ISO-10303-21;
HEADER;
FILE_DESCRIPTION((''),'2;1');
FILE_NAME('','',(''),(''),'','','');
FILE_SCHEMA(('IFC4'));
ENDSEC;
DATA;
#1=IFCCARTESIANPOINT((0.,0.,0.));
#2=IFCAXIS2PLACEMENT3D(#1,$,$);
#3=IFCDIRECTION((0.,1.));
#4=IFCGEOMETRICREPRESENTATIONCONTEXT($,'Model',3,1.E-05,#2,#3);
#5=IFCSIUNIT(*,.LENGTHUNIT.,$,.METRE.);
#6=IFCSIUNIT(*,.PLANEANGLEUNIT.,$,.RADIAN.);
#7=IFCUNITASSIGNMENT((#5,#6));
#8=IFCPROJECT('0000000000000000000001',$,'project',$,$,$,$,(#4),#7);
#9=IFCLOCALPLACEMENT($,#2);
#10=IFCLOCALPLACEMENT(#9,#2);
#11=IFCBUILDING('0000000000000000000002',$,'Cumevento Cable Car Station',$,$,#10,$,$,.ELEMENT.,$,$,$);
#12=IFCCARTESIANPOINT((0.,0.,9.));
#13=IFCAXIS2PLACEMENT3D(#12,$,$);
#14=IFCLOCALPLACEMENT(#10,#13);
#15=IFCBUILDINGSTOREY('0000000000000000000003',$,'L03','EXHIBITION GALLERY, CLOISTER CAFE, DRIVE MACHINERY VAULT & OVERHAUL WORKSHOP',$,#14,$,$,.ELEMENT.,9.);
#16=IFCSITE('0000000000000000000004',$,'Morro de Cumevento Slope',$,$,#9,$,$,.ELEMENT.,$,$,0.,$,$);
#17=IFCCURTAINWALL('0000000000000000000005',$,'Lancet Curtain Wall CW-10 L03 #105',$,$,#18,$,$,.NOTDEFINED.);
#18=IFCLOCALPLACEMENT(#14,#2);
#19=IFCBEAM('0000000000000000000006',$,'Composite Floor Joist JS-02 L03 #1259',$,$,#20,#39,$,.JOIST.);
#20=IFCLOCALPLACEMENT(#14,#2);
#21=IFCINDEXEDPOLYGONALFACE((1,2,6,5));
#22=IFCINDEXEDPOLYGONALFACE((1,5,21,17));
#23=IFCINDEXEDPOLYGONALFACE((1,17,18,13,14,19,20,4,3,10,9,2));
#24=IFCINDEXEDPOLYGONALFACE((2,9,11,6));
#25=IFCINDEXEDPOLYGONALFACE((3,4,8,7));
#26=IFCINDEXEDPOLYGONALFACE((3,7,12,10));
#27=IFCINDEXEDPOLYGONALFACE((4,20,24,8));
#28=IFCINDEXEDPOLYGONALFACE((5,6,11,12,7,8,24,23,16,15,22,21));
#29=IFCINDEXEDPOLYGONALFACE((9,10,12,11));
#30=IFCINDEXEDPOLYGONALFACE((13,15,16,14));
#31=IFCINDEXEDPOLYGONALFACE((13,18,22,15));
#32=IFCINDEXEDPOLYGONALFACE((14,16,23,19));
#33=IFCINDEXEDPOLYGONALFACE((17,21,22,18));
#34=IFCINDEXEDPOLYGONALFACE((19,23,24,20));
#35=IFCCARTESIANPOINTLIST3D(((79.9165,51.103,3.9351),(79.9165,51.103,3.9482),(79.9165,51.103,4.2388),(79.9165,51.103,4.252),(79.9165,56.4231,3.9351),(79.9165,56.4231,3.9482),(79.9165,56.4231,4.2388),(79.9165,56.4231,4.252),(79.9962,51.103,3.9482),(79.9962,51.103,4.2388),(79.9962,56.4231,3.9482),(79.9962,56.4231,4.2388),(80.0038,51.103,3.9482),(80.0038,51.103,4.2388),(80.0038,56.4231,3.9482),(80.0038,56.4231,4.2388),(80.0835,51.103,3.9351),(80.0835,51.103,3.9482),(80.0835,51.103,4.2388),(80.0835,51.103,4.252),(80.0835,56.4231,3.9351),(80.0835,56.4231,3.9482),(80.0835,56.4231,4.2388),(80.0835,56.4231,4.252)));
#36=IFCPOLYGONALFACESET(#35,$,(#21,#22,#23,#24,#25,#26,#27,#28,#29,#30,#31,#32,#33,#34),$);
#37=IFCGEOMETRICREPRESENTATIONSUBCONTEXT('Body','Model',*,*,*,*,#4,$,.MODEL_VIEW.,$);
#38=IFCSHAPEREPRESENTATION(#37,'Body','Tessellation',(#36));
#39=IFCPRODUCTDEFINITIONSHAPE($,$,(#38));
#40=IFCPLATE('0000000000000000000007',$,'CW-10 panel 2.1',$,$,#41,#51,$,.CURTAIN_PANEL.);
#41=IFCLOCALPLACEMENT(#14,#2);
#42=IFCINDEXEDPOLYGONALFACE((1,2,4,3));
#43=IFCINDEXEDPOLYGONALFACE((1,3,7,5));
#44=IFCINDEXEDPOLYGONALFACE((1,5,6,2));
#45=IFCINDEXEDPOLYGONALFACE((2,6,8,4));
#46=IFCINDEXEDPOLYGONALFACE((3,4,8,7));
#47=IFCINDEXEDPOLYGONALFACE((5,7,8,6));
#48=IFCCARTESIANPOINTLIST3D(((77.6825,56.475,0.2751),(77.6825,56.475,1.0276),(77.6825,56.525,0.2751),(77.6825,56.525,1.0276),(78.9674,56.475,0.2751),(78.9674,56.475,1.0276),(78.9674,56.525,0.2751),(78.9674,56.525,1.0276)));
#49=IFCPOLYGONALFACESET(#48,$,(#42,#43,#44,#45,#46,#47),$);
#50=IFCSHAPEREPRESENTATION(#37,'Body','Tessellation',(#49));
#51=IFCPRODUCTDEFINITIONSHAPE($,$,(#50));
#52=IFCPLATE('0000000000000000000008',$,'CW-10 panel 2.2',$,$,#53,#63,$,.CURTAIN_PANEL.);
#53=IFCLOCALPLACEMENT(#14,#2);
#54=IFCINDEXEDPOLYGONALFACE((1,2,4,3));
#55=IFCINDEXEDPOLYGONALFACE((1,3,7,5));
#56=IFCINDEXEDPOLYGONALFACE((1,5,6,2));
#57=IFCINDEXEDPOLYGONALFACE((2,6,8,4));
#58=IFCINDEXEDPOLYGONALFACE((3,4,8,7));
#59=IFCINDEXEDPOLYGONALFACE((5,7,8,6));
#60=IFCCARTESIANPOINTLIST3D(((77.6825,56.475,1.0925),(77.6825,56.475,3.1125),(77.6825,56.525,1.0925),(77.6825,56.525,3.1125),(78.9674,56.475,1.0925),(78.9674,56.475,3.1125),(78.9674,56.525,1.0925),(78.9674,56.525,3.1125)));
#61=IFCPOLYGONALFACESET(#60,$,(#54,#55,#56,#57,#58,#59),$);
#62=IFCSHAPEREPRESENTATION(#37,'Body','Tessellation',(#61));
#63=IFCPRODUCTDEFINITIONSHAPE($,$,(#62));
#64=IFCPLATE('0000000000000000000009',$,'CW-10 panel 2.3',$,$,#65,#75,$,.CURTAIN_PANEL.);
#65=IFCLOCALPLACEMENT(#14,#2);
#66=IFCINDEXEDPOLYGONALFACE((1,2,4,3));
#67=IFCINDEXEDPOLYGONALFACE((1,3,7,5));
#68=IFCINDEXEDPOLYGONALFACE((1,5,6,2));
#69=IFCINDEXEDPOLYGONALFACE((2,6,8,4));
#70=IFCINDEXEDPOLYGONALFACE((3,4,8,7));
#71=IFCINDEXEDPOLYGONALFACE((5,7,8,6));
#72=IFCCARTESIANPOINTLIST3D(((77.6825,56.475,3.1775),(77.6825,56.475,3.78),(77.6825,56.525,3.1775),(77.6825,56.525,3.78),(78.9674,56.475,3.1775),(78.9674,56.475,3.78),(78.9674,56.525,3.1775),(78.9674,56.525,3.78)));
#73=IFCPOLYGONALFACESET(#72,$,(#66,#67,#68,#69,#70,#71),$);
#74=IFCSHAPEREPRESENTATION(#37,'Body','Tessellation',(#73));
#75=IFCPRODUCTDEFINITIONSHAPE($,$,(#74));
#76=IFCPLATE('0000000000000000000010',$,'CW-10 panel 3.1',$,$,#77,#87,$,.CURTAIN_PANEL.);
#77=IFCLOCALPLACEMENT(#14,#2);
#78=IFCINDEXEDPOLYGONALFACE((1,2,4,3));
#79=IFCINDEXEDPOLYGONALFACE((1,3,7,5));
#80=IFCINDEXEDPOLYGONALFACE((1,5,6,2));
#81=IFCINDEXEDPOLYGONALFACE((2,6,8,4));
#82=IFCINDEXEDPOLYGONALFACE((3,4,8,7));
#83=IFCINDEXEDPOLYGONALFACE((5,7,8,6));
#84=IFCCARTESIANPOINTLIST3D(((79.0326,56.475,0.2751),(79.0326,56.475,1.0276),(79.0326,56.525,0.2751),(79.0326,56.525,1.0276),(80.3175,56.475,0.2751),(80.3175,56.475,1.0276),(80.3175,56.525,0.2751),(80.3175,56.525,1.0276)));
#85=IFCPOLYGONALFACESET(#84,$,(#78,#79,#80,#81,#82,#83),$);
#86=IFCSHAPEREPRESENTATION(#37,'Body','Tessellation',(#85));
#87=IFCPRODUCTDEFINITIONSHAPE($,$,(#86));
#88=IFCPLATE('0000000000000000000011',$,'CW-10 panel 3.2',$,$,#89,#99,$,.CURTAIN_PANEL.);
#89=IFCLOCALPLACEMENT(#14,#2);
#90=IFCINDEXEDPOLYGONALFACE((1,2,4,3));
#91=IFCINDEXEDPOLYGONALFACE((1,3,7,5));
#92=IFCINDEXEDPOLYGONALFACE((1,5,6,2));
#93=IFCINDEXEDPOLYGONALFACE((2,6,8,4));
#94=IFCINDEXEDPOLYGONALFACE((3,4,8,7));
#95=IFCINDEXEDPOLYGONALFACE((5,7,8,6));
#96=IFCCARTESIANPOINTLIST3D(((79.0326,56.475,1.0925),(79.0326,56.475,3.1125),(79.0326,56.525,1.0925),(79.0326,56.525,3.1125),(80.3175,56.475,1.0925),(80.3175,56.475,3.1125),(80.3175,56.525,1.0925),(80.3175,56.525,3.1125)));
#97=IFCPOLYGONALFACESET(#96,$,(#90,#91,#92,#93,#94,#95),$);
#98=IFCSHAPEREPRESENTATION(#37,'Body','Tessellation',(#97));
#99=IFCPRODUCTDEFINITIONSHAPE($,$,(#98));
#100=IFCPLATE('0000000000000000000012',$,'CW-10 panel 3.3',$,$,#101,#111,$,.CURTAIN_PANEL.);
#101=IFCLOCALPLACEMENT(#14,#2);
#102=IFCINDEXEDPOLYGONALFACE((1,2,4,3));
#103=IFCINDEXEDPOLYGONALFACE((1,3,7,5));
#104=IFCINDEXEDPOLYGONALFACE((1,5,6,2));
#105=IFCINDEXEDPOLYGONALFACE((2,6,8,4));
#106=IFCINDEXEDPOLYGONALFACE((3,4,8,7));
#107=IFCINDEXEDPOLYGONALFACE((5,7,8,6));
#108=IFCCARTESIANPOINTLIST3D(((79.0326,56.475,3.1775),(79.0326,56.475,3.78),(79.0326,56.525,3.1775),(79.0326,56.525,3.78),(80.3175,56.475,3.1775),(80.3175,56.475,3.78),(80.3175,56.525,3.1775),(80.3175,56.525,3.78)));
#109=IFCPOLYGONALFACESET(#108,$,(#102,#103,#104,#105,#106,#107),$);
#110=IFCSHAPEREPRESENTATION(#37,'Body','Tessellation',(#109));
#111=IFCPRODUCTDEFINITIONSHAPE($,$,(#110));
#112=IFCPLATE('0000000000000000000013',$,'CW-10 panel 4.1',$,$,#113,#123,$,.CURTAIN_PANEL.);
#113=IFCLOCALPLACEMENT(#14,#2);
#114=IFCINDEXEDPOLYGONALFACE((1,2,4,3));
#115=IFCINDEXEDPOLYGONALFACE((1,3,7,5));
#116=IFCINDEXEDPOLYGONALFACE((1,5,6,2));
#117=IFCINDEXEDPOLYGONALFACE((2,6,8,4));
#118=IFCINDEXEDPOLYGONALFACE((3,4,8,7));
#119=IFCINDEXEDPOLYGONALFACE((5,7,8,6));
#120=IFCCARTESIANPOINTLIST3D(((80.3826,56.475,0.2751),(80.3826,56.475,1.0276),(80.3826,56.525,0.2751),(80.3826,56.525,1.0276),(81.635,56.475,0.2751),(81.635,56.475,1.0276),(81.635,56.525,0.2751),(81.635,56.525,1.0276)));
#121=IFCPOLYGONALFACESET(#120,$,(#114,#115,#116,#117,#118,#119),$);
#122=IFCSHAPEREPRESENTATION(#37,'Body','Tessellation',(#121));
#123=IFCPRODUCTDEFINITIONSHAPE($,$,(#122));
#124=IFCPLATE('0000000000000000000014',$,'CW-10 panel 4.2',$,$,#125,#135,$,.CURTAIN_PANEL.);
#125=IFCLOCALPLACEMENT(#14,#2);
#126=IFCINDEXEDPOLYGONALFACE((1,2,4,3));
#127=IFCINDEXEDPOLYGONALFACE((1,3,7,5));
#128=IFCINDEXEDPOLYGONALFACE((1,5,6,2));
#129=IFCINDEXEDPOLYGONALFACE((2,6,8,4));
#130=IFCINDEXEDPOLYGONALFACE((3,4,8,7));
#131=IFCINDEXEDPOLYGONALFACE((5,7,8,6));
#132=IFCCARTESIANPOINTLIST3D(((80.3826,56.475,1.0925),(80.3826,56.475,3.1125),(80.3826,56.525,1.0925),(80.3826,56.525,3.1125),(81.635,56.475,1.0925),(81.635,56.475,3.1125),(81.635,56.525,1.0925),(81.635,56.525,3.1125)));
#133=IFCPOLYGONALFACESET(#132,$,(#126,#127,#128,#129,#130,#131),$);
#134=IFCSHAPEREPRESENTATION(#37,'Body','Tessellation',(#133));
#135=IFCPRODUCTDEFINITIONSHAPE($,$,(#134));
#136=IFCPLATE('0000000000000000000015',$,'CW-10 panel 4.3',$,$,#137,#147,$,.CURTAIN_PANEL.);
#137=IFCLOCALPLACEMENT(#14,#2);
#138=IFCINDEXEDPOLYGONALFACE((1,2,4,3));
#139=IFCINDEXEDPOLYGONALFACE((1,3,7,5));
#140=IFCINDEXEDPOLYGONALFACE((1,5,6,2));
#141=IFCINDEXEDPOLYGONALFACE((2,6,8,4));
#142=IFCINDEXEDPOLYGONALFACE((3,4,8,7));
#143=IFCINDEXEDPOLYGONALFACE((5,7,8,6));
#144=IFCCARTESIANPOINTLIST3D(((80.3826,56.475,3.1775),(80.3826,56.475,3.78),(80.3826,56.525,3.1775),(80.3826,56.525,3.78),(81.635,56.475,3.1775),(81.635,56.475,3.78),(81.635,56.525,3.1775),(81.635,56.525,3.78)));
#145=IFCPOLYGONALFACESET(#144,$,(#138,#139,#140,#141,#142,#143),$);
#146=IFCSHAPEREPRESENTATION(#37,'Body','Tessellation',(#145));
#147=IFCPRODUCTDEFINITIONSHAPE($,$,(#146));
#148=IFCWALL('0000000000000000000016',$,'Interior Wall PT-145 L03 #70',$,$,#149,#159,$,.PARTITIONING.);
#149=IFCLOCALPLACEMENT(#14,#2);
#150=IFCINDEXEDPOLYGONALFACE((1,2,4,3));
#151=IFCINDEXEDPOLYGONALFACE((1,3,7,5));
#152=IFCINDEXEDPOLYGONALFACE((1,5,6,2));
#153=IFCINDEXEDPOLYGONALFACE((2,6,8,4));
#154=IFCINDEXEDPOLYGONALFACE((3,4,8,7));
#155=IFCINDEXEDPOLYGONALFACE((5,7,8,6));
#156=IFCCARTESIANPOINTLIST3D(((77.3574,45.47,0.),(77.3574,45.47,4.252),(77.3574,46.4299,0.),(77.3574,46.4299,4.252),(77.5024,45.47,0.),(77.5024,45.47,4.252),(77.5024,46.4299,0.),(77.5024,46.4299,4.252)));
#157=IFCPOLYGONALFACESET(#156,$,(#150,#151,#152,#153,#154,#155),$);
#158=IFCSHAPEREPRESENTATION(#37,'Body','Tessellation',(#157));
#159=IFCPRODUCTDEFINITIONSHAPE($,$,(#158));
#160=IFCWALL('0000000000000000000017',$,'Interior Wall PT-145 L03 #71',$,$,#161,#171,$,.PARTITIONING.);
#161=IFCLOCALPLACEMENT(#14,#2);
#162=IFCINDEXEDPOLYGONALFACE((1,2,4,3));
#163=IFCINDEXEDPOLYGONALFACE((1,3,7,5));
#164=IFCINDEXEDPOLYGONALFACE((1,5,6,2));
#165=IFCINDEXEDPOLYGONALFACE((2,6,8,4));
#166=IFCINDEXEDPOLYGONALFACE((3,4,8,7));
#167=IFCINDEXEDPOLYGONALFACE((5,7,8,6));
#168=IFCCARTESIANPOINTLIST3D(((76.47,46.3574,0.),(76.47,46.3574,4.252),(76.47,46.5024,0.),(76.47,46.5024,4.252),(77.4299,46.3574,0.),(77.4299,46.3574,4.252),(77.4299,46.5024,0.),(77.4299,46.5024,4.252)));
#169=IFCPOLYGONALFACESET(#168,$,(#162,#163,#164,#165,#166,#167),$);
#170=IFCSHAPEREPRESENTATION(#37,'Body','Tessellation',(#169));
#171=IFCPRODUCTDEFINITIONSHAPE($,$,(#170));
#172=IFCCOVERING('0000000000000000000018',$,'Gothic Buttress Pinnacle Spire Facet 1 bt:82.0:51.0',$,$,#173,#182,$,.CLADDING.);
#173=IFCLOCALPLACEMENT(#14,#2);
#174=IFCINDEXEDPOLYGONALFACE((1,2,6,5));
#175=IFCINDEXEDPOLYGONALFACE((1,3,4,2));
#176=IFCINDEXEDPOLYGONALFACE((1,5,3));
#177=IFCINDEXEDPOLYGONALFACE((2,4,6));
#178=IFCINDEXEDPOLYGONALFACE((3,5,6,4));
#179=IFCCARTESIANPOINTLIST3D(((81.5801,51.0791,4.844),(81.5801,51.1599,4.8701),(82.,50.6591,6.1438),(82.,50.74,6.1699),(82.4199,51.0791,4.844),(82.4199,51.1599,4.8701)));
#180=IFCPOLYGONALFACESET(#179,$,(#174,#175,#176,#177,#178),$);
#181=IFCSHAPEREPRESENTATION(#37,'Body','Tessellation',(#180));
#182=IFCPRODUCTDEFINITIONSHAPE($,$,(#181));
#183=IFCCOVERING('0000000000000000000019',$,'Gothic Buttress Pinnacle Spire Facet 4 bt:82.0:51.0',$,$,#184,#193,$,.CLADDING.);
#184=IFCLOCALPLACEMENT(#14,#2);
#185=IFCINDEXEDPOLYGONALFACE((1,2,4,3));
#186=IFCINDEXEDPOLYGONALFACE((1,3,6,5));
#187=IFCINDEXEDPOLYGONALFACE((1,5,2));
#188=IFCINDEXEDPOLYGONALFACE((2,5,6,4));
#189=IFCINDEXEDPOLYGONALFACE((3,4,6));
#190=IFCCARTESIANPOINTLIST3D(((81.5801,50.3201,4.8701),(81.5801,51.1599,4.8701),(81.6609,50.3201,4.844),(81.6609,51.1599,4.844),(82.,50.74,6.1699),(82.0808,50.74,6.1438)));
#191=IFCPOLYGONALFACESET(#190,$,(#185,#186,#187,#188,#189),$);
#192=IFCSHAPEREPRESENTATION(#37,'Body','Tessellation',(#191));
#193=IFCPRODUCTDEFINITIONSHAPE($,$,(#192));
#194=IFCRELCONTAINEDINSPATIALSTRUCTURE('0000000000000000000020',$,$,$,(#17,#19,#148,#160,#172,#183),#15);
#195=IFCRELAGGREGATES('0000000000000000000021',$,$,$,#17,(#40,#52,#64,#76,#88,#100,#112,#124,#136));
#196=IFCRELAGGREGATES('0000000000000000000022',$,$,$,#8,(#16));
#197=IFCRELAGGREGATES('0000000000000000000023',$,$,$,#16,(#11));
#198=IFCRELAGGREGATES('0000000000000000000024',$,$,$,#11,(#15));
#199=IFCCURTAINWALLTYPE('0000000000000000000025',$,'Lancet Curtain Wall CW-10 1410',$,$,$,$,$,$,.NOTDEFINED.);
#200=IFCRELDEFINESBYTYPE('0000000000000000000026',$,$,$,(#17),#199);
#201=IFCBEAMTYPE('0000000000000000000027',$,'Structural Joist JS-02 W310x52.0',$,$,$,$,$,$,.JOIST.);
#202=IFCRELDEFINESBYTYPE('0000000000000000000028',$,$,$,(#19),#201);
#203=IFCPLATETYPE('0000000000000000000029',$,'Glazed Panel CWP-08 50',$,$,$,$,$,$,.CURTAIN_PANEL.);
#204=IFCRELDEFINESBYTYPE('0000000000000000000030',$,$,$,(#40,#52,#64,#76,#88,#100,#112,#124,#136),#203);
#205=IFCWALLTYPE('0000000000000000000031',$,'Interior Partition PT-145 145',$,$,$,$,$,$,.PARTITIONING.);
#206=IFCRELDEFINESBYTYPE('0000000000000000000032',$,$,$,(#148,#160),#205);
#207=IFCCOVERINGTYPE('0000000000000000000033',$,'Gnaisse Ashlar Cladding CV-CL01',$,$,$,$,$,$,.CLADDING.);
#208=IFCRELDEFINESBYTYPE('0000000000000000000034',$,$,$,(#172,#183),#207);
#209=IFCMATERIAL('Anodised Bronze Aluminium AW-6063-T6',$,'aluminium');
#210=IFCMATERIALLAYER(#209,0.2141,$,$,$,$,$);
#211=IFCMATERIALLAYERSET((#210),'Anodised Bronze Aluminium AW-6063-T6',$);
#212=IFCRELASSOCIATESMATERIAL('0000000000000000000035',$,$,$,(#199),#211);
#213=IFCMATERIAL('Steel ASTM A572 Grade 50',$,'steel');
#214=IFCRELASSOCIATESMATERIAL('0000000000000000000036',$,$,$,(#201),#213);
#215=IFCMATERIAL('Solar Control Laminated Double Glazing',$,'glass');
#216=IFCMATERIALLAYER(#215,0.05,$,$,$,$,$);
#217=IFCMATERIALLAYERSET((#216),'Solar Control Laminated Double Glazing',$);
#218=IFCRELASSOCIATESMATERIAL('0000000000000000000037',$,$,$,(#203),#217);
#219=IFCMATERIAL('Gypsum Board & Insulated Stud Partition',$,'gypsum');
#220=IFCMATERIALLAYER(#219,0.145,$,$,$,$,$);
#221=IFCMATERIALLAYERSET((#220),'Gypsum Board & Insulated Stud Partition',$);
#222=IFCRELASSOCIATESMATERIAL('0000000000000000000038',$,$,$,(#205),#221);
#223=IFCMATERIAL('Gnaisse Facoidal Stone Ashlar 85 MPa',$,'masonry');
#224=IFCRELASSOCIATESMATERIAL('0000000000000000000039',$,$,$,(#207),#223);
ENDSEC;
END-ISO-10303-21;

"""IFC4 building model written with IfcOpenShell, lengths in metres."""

from ifc_helpers import new_model, si_unit, direction, frame, frame_2d, origin, origin_2d, place, context, subcontext, project, spatial, polyline, rectangle, i_section, outline, extrude, material, layer, layer_set, material_profile, profile_set, type_object, element, aggregate, save


model = new_model("IFC4")

# Units and contexts
model_context = context("Model", 3, precision=1e-05, world=origin(), true_north=direction((0.0, 1.0)))
body_context = subcontext(model_context, "Body", "Model", "MODEL_VIEW")
ifc_project = project(units=[si_unit("LENGTHUNIT", "METRE"), si_unit("PLANEANGLEUNIT", "RADIAN")], contexts=[model_context])

# Site, building, storey
site_placement = place(None, origin())
site = spatial("IfcSite", under=ifc_project, at=site_placement, Name="Morro de Cumevento Slope", CompositionType="ELEMENT", RefElevation=0.0)
building_placement = place(site_placement, origin())
building = spatial("IfcBuilding", under=site, at=building_placement, Name="Cumevento Cable Car Station", CompositionType="ELEMENT")
storey_placement = place(building_placement, frame((0.0, 0.0, 9.0)))
storey = spatial("IfcBuildingStorey", under=building, at=storey_placement, Name="L03", Description="EXHIBITION GALLERY, CLOISTER CAFE, DRIVE MACHINERY VAULT & OVERHAUL WORKSHOP", CompositionType="ELEMENT", Elevation=9.0)

# Curtain wall
ifc_material_1 = material(Name="Anodised Bronze Aluminium AW-6063-T6", Category="aluminium")
ifc_layer_1 = layer(ifc_material_1, 0.2141)
ifc_layer_set_1 = layer_set([ifc_layer_1], Name="Anodised Bronze Aluminium AW-6063-T6")
curtain_wall_type = type_object("IfcCurtainWallType", Name="Lancet Curtain Wall CW-10 1410", PredefinedType="NOTDEFINED", material=ifc_layer_set_1)
curtain_wall_placement = place(storey_placement, origin())
curtain_wall = element("IfcCurtainWall", 1, at=curtain_wall_placement, inside=storey, type_object=curtain_wall_type, Name="Lancet Curtain Wall CW-10 L03 #105", PredefinedType="NOTDEFINED")

# Beam
ifc_material_2 = material(Name="Steel ASTM A572 Grade 50", Category="steel")
ifc_material_profile_1 = material_profile(ifc_material_2, i_section(OverallWidth=0.167, OverallDepth=0.3169, WebThickness=0.0076, FlangeThickness=0.0132, at=origin_2d()), Name="W310x52.0")
ifc_profile_set_1 = profile_set([ifc_material_profile_1], Name="Steel ASTM A572 Grade 50")
beam_type_1 = type_object("IfcBeamType", Name="Structural Joist JS-02 W310x52.0", PredefinedType="JOIST", material=ifc_profile_set_1)
for number, where, z_axis, x_axis, name in (
    (2, (80.0, 51.103, 4.0935), (0.0, 1.0, 0.0), (-1.0, 0.0, 0.0), "Composite Floor Joist JS-02 L03 #1259"),
):
    element("IfcBeam", number, at=place(storey_placement, frame(where, z_axis=z_axis, x_axis=x_axis)), inside=storey, type_object=beam_type_1, Name=name, PredefinedType="JOIST", context=body_context, shape_type="SweptSolid", body=[
        extrude(i_section(OverallWidth=0.167, OverallDepth=0.3169, WebThickness=0.0076, FlangeThickness=0.0132, at=origin_2d()), origin(), (0.0, 0.0, 1.0), 5.3201),
    ])

# Plates
ifc_material_3 = material(Name="Solar Control Laminated Double Glazing", Category="glass")
ifc_layer_2 = layer(ifc_material_3, 0.05)
ifc_layer_set_2 = layer_set([ifc_layer_2], Name="Solar Control Laminated Double Glazing")
plate_type = type_object("IfcPlateType", Name="Glazed Panel CWP-08 50", PredefinedType="CURTAIN_PANEL", material=ifc_layer_set_2)
plate_1_placement = place(storey_placement, frame((78.325, 56.5, 0.2751), z_axis=(0.0, 0.0, 1.0), x_axis=(1.0, 0.0, 0.0)))
plate_1 = element("IfcPlate", 3, at=plate_1_placement, type_object=plate_type, Name="CW-10 panel 2.1", PredefinedType="CURTAIN_PANEL", context=body_context, shape_type="SweptSolid", body=[
    extrude(rectangle(XDim=1.2849, YDim=0.05, at=origin_2d()), origin(), (0.0, 0.0, 1.0), 0.7524),
])
plate_2_placement = place(storey_placement, frame((78.325, 56.5, 1.0925), z_axis=(0.0, 0.0, 1.0), x_axis=(1.0, 0.0, 0.0)))
plate_2 = element("IfcPlate", 4, at=plate_2_placement, type_object=plate_type, Name="CW-10 panel 2.2", PredefinedType="CURTAIN_PANEL", context=body_context, shape_type="SweptSolid", body=[
    extrude(rectangle(XDim=1.2849, YDim=0.05, at=origin_2d()), origin(), (0.0, 0.0, 1.0), 2.02),
])
plate_3_placement = place(storey_placement, frame((78.325, 56.5, 3.1775), z_axis=(0.0, 0.0, 1.0), x_axis=(1.0, 0.0, 0.0)))
plate_3 = element("IfcPlate", 5, at=plate_3_placement, type_object=plate_type, Name="CW-10 panel 2.3", PredefinedType="CURTAIN_PANEL", context=body_context, shape_type="SweptSolid", body=[
    extrude(rectangle(XDim=1.2849, YDim=0.05, at=origin_2d()), origin(), (0.0, 0.0, 1.0), 0.6025),
])
plate_4_placement = place(storey_placement, frame((79.675, 56.5, 0.2751), z_axis=(0.0, 0.0, 1.0), x_axis=(1.0, 0.0, 0.0)))
plate_4 = element("IfcPlate", 6, at=plate_4_placement, type_object=plate_type, Name="CW-10 panel 3.1", PredefinedType="CURTAIN_PANEL", context=body_context, shape_type="SweptSolid", body=[
    extrude(rectangle(XDim=1.2849, YDim=0.05, at=origin_2d()), origin(), (0.0, 0.0, 1.0), 0.7524),
])
plate_5_placement = place(storey_placement, frame((79.675, 56.5, 1.0925), z_axis=(0.0, 0.0, 1.0), x_axis=(1.0, 0.0, 0.0)))
plate_5 = element("IfcPlate", 7, at=plate_5_placement, type_object=plate_type, Name="CW-10 panel 3.2", PredefinedType="CURTAIN_PANEL", context=body_context, shape_type="SweptSolid", body=[
    extrude(rectangle(XDim=1.2849, YDim=0.05, at=origin_2d()), origin(), (0.0, 0.0, 1.0), 2.02),
])
plate_6_placement = place(storey_placement, frame((79.675, 56.5, 3.1775), z_axis=(0.0, 0.0, 1.0), x_axis=(1.0, 0.0, 0.0)))
plate_6 = element("IfcPlate", 8, at=plate_6_placement, type_object=plate_type, Name="CW-10 panel 3.3", PredefinedType="CURTAIN_PANEL", context=body_context, shape_type="SweptSolid", body=[
    extrude(rectangle(XDim=1.2849, YDim=0.05, at=origin_2d()), origin(), (0.0, 0.0, 1.0), 0.6025),
])
plate_7_placement = place(storey_placement, frame((81.0088, 56.5, 0.2751), z_axis=(0.0, 0.0, 1.0), x_axis=(1.0, 0.0, 0.0)))
plate_7 = element("IfcPlate", 9, at=plate_7_placement, type_object=plate_type, Name="CW-10 panel 4.1", PredefinedType="CURTAIN_PANEL", context=body_context, shape_type="SweptSolid", body=[
    extrude(rectangle(XDim=1.2524, YDim=0.05, at=origin_2d()), origin(), (0.0, 0.0, 1.0), 0.7524),
])
plate_8_placement = place(storey_placement, frame((81.0088, 56.5, 1.0925), z_axis=(0.0, 0.0, 1.0), x_axis=(1.0, 0.0, 0.0)))
plate_8 = element("IfcPlate", 10, at=plate_8_placement, type_object=plate_type, Name="CW-10 panel 4.2", PredefinedType="CURTAIN_PANEL", context=body_context, shape_type="SweptSolid", body=[
    extrude(rectangle(XDim=1.2524, YDim=0.05, at=origin_2d()), origin(), (0.0, 0.0, 1.0), 2.02),
])
plate_9_placement = place(storey_placement, frame((81.0088, 56.5, 3.1775), z_axis=(0.0, 0.0, 1.0), x_axis=(1.0, 0.0, 0.0)))
plate_9 = element("IfcPlate", 11, at=plate_9_placement, type_object=plate_type, Name="CW-10 panel 4.3", PredefinedType="CURTAIN_PANEL", context=body_context, shape_type="SweptSolid", body=[
    extrude(rectangle(XDim=1.2524, YDim=0.05, at=origin_2d()), origin(), (0.0, 0.0, 1.0), 0.6025),
])
aggregate(curtain_wall, [plate_1, plate_2, plate_3, plate_4, plate_5, plate_6, plate_7, plate_8, plate_9])

# Walls
ifc_material_4 = material(Name="Gypsum Board & Insulated Stud Partition", Category="gypsum")
ifc_layer_3 = layer(ifc_material_4, 0.145)
ifc_layer_set_3 = layer_set([ifc_layer_3], Name="Gypsum Board & Insulated Stud Partition")
wall_type = type_object("IfcWallType", Name="Interior Partition PT-145 145", PredefinedType="PARTITIONING", material=ifc_layer_set_3)
for number, where, z_axis, x_axis, name in (
    (12, (77.4299, 45.47, 0.0), (0.0, 0.0, 1.0), (0.0, 1.0, 0.0), "Interior Wall PT-145 L03 #70"),
    (13, (77.4299, 46.4299, 0.0), (0.0, 0.0, 1.0), (-1.0, 0.0, 0.0), "Interior Wall PT-145 L03 #71"),
):
    element("IfcWall", number, at=place(storey_placement, frame(where, z_axis=z_axis, x_axis=x_axis)), inside=storey, type_object=wall_type, Name=name, PredefinedType="PARTITIONING", context=body_context, shape_type="SweptSolid", body=[
        extrude(rectangle(XDim=0.96, YDim=0.145, at=frame_2d((0.48, 0.0))), origin(), (0.0, 0.0, 1.0), 4.252),
    ])

# Coverings
ifc_material_5 = material(Name="Gnaisse Facoidal Stone Ashlar 85 MPa", Category="masonry")
covering_type = type_object("IfcCoveringType", Name="Gnaisse Ashlar Cladding CV-CL01", PredefinedType="CLADDING", material=ifc_material_5)
for number, where, z_axis, x_axis, name in (
    (14, (81.5801, 51.1599, 4.8701), (0.0, 0.951574, 0.307421), (1.0, 0.0, 0.0), "Gothic Buttress Pinnacle Spire Facet 1 bt:82.0:51.0"),
    (15, (81.5801, 50.3201, 4.8701), (-0.951574, 0.0, 0.307421), (0.0, 1.0, 0.0), "Gothic Buttress Pinnacle Spire Facet 4 bt:82.0:51.0"),
):
    element("IfcCovering", number, at=place(storey_placement, frame(where, z_axis=z_axis, x_axis=x_axis)), inside=storey, type_object=covering_type, Name=name, PredefinedType="CLADDING", context=body_context, shape_type="SweptSolid", body=[
        extrude(outline(polyline([(0.0, 0.0), (0.8398, 0.0), (0.4199, -1.366), (0.0, 0.0)])), origin(), (0.0, 0.0, -1.0), 0.085),
    ])

save(model, "model.ifc")
